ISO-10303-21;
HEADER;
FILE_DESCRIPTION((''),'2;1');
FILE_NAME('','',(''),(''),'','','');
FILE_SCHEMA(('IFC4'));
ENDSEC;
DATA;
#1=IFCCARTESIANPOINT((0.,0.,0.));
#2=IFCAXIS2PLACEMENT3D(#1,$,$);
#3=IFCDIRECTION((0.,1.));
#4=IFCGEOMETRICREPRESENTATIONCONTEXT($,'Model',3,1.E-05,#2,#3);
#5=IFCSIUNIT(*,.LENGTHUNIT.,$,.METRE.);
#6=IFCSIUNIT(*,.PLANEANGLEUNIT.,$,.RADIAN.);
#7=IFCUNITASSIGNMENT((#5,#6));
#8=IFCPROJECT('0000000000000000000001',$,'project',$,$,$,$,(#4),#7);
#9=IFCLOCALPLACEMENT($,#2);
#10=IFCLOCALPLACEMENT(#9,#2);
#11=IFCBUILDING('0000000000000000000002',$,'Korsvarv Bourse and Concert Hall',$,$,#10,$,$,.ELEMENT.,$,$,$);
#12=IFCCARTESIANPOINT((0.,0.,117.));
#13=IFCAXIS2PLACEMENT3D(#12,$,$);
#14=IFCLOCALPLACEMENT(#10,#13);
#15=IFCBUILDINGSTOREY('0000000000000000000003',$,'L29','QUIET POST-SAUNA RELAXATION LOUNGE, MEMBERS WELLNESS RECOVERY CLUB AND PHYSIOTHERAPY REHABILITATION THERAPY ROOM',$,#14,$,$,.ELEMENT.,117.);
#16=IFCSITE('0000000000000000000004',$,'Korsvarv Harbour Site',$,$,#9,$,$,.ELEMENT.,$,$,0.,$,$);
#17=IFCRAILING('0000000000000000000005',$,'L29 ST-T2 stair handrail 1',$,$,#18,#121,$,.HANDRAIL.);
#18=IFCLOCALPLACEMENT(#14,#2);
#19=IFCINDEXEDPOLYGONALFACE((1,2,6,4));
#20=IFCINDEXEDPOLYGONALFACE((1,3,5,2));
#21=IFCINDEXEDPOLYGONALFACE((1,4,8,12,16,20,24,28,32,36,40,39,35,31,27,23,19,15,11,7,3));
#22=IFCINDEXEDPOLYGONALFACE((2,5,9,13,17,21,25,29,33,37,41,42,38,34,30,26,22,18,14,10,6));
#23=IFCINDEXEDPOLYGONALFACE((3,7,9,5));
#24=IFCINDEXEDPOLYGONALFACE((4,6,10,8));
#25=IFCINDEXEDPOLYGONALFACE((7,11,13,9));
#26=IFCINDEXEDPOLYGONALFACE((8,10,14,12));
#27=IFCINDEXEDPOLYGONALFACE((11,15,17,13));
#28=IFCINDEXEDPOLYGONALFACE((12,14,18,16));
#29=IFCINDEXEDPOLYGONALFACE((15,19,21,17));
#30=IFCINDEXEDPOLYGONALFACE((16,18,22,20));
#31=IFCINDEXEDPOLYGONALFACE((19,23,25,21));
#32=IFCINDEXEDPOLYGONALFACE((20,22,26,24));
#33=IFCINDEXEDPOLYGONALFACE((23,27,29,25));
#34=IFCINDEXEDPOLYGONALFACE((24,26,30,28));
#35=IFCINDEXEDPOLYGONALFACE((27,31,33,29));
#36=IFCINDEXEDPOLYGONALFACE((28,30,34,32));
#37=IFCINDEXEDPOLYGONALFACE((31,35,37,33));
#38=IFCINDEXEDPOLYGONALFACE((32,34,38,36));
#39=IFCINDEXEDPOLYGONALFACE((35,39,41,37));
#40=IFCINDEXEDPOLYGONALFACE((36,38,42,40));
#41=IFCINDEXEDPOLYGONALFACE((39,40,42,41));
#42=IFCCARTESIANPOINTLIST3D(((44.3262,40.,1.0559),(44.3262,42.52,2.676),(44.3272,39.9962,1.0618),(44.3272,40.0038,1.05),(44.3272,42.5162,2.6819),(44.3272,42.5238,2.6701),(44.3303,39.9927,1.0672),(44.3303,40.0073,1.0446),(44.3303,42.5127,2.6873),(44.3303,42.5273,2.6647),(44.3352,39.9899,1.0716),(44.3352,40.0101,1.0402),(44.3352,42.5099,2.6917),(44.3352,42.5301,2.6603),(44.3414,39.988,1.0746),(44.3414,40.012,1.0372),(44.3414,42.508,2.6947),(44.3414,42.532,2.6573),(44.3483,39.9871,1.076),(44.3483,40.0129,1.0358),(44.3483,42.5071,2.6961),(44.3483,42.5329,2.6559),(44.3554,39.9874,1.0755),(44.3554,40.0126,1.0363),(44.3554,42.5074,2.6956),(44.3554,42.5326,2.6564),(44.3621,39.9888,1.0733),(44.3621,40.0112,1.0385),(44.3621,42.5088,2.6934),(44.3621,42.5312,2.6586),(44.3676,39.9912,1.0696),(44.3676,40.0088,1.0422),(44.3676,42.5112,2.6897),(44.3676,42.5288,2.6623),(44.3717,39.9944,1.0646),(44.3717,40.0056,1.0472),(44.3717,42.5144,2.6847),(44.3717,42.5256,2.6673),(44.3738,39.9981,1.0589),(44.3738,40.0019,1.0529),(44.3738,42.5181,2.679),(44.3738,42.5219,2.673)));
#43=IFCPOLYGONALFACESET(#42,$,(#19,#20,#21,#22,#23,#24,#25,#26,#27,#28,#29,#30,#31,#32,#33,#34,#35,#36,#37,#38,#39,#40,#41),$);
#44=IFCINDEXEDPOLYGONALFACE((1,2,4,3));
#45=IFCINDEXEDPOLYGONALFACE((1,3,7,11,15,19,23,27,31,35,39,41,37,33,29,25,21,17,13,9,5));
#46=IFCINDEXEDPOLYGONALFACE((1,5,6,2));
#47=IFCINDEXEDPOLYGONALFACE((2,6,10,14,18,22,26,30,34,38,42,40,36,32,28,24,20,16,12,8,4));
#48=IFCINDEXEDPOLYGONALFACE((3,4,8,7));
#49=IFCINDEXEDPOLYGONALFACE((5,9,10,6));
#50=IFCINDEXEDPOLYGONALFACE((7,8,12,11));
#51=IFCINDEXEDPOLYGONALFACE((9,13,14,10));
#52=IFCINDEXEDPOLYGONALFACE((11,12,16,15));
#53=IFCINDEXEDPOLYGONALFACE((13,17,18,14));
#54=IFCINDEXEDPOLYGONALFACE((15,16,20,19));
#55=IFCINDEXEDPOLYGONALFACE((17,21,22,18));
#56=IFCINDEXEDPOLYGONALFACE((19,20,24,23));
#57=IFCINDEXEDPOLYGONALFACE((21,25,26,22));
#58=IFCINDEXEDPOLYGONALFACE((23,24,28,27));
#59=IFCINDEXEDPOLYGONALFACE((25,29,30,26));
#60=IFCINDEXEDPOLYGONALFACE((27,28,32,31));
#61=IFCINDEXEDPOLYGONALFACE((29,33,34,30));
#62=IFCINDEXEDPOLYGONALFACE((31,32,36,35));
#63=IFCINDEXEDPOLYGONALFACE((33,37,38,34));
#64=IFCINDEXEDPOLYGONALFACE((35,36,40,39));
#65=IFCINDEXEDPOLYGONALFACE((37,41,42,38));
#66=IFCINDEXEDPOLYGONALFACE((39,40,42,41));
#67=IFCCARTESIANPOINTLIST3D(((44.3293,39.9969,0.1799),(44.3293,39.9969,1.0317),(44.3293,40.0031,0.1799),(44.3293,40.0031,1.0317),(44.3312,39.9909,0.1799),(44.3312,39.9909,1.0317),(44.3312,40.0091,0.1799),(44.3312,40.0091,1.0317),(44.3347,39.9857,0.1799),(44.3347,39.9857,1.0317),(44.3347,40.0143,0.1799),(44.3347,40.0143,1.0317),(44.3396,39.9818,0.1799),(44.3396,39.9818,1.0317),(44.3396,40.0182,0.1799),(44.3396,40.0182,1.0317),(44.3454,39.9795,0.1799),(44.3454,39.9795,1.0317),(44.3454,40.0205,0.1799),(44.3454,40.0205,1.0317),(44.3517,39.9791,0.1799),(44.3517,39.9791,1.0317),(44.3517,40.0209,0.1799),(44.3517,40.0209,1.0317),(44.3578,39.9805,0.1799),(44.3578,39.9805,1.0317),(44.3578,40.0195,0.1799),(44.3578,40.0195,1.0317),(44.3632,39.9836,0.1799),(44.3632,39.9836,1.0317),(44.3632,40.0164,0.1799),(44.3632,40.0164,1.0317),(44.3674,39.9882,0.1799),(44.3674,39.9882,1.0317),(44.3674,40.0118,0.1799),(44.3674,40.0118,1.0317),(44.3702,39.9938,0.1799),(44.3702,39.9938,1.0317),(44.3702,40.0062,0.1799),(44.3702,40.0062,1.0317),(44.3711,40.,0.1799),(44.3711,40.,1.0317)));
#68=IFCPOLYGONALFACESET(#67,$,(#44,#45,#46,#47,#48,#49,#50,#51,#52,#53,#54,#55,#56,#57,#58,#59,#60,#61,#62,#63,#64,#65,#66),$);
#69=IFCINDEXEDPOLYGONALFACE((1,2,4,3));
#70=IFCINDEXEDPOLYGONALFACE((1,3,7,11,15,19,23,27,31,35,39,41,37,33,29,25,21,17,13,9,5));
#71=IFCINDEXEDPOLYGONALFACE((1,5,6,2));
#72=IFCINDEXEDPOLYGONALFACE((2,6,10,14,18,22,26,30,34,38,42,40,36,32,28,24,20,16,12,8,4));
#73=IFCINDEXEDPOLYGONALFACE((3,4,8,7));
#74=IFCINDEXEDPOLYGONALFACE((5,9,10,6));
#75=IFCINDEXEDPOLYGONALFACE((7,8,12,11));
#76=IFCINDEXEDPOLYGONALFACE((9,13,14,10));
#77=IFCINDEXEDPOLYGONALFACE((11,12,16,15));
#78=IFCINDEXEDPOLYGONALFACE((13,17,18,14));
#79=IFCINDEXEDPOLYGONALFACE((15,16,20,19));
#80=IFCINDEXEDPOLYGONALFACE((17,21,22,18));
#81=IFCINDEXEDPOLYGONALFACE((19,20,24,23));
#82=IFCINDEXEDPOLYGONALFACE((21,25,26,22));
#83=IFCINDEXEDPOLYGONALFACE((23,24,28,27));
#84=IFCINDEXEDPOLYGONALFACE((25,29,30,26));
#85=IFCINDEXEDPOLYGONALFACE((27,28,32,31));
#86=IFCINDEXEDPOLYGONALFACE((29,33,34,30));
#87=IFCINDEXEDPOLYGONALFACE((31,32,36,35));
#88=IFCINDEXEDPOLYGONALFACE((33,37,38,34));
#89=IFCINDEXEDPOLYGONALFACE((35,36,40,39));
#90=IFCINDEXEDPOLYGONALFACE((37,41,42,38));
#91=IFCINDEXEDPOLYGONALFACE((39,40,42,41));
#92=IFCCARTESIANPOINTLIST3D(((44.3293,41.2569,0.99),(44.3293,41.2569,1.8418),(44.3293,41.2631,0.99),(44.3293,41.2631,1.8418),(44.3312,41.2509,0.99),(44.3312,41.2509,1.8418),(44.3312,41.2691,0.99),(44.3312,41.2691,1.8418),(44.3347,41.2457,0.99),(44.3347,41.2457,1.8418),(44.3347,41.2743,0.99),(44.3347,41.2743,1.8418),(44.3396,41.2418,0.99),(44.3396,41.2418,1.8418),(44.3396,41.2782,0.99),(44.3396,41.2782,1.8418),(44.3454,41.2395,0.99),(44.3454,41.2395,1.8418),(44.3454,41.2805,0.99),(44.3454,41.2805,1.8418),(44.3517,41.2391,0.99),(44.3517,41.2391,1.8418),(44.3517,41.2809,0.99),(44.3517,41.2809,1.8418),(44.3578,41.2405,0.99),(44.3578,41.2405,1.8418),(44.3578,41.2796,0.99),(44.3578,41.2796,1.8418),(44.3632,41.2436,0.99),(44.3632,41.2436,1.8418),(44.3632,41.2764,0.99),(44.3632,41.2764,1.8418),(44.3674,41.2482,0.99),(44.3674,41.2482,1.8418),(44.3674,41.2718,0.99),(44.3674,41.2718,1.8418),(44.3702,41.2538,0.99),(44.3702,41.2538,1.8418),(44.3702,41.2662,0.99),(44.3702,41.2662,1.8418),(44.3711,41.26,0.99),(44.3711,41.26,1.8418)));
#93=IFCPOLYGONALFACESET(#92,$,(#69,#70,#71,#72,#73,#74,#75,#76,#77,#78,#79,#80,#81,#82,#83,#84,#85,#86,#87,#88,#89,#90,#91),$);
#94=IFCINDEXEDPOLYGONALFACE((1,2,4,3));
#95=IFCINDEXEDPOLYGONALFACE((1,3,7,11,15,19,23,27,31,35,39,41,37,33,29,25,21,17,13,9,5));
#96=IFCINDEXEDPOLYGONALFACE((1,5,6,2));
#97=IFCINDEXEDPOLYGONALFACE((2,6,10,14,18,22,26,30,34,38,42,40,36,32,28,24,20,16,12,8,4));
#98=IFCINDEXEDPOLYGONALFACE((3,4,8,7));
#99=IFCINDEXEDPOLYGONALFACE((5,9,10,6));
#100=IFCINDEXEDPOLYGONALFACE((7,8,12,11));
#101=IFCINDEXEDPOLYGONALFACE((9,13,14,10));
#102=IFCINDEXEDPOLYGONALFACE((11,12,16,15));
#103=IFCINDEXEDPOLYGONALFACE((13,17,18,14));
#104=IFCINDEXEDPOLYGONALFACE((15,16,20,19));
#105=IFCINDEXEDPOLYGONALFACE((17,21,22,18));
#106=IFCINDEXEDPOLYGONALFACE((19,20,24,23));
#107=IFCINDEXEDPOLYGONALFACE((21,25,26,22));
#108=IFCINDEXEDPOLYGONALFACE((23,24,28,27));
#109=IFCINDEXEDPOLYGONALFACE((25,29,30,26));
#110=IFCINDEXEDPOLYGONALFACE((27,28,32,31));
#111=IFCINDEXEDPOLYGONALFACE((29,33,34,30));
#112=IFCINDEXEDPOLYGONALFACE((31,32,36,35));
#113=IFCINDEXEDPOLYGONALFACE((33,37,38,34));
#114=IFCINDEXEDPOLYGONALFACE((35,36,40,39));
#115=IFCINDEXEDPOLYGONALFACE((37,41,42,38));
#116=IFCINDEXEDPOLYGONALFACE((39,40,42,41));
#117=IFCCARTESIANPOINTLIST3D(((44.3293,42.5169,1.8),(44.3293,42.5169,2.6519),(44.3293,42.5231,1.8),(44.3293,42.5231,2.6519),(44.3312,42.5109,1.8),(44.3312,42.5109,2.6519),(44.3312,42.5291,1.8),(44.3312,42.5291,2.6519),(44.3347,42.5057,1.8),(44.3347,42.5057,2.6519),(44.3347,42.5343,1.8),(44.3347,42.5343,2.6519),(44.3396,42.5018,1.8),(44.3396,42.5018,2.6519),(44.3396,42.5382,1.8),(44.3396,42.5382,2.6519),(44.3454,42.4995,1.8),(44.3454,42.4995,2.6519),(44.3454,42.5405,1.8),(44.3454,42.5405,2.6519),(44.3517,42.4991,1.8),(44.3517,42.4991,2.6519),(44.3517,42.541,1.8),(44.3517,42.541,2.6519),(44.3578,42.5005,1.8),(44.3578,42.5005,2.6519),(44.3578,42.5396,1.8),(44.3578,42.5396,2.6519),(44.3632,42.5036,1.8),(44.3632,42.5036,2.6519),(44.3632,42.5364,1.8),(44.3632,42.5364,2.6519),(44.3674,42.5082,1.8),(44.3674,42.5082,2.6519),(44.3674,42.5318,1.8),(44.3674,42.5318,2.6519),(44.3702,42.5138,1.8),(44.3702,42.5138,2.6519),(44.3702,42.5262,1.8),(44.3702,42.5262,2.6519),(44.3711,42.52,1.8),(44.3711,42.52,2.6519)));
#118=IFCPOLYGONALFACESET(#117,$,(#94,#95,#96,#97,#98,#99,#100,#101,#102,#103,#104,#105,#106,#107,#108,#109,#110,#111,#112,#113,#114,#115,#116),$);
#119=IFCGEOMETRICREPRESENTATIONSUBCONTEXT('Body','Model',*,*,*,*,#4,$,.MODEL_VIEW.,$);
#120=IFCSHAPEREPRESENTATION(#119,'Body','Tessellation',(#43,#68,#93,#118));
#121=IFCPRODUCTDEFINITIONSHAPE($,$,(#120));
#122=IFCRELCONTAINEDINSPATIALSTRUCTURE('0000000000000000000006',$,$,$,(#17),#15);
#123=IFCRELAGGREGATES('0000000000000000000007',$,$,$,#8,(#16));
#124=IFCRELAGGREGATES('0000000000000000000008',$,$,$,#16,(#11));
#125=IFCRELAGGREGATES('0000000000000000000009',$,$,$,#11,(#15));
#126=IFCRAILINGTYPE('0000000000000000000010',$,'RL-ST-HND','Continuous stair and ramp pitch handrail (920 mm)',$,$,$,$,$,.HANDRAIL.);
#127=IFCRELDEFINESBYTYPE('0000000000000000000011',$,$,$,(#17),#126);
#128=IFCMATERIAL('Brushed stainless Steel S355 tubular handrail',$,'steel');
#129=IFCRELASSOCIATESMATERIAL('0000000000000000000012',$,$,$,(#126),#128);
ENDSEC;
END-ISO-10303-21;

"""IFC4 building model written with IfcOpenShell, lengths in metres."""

from ifc_helpers import new_model, si_unit, direction, frame, origin, origin_2d, place, context, subcontext, project, spatial, circle, extrude, material, type_object, element, save


model = new_model("IFC4")

# Units and contexts
model_context = context("Model", 3, precision=1e-05, world=origin(), true_north=direction((0.0, 1.0)))
body_context = subcontext(model_context, "Body", "Model", "MODEL_VIEW")
ifc_project = project(units=[si_unit("LENGTHUNIT", "METRE"), si_unit("PLANEANGLEUNIT", "RADIAN")], contexts=[model_context])

# Site, building, storey
site_placement = place(None, origin())
site = spatial("IfcSite", under=ifc_project, at=site_placement, Name="Korsvarv Harbour Site", CompositionType="ELEMENT", RefElevation=0.0)
building_placement = place(site_placement, origin())
building = spatial("IfcBuilding", under=site, at=building_placement, Name="Korsvarv Bourse and Concert Hall", CompositionType="ELEMENT")
storey_placement = place(building_placement, frame((0.0, 0.0, 117.0)))
storey = spatial("IfcBuildingStorey", under=building, at=storey_placement, Name="L29", Description="QUIET POST-SAUNA RELAXATION LOUNGE, MEMBERS WELLNESS RECOVERY CLUB AND PHYSIOTHERAPY REHABILITATION THERAPY ROOM", CompositionType="ELEMENT", Elevation=117.0)

# Railing
ifc_material_1 = material(Name="Brushed stainless Steel S355 tubular handrail", Category="steel")
railing_type_1 = type_object("IfcRailingType", Name="RL-ST-HND", Description="Continuous stair and ramp pitch handrail (920 mm)", PredefinedType="HANDRAIL", material=ifc_material_1)
railing_1_placement = place(storey_placement, frame((44.3501, 40.0, 0.1799)))
element("IfcRailing", 1, at=railing_1_placement, inside=storey, type_object=railing_type_1, Name="L29 ST-T2 stair handrail 1", PredefinedType="HANDRAIL", context=body_context, shape_type="SweptSolid", body=[
    extrude(circle(Radius=0.0239, at=origin_2d()), frame((0.0, 0.0, 0.876), z_axis=(0.0, 0.841163, 0.540782), x_axis=(-1.0, 0.0, 0.0)), (0.0, 0.0, 1.0), 2.9958),
    extrude(circle(Radius=0.021, at=origin_2d()), origin(), (0.0, 0.0, 1.0), 0.8518),
    extrude(circle(Radius=0.021, at=origin_2d()), frame((0.0, 1.26, 0.8101)), (0.0, 0.0, 1.0), 0.8518),
    extrude(circle(Radius=0.021, at=origin_2d()), frame((0.0, 2.52, 1.6201)), (0.0, 0.0, 1.0), 0.8518),
])

save(model, "model.ifc")
